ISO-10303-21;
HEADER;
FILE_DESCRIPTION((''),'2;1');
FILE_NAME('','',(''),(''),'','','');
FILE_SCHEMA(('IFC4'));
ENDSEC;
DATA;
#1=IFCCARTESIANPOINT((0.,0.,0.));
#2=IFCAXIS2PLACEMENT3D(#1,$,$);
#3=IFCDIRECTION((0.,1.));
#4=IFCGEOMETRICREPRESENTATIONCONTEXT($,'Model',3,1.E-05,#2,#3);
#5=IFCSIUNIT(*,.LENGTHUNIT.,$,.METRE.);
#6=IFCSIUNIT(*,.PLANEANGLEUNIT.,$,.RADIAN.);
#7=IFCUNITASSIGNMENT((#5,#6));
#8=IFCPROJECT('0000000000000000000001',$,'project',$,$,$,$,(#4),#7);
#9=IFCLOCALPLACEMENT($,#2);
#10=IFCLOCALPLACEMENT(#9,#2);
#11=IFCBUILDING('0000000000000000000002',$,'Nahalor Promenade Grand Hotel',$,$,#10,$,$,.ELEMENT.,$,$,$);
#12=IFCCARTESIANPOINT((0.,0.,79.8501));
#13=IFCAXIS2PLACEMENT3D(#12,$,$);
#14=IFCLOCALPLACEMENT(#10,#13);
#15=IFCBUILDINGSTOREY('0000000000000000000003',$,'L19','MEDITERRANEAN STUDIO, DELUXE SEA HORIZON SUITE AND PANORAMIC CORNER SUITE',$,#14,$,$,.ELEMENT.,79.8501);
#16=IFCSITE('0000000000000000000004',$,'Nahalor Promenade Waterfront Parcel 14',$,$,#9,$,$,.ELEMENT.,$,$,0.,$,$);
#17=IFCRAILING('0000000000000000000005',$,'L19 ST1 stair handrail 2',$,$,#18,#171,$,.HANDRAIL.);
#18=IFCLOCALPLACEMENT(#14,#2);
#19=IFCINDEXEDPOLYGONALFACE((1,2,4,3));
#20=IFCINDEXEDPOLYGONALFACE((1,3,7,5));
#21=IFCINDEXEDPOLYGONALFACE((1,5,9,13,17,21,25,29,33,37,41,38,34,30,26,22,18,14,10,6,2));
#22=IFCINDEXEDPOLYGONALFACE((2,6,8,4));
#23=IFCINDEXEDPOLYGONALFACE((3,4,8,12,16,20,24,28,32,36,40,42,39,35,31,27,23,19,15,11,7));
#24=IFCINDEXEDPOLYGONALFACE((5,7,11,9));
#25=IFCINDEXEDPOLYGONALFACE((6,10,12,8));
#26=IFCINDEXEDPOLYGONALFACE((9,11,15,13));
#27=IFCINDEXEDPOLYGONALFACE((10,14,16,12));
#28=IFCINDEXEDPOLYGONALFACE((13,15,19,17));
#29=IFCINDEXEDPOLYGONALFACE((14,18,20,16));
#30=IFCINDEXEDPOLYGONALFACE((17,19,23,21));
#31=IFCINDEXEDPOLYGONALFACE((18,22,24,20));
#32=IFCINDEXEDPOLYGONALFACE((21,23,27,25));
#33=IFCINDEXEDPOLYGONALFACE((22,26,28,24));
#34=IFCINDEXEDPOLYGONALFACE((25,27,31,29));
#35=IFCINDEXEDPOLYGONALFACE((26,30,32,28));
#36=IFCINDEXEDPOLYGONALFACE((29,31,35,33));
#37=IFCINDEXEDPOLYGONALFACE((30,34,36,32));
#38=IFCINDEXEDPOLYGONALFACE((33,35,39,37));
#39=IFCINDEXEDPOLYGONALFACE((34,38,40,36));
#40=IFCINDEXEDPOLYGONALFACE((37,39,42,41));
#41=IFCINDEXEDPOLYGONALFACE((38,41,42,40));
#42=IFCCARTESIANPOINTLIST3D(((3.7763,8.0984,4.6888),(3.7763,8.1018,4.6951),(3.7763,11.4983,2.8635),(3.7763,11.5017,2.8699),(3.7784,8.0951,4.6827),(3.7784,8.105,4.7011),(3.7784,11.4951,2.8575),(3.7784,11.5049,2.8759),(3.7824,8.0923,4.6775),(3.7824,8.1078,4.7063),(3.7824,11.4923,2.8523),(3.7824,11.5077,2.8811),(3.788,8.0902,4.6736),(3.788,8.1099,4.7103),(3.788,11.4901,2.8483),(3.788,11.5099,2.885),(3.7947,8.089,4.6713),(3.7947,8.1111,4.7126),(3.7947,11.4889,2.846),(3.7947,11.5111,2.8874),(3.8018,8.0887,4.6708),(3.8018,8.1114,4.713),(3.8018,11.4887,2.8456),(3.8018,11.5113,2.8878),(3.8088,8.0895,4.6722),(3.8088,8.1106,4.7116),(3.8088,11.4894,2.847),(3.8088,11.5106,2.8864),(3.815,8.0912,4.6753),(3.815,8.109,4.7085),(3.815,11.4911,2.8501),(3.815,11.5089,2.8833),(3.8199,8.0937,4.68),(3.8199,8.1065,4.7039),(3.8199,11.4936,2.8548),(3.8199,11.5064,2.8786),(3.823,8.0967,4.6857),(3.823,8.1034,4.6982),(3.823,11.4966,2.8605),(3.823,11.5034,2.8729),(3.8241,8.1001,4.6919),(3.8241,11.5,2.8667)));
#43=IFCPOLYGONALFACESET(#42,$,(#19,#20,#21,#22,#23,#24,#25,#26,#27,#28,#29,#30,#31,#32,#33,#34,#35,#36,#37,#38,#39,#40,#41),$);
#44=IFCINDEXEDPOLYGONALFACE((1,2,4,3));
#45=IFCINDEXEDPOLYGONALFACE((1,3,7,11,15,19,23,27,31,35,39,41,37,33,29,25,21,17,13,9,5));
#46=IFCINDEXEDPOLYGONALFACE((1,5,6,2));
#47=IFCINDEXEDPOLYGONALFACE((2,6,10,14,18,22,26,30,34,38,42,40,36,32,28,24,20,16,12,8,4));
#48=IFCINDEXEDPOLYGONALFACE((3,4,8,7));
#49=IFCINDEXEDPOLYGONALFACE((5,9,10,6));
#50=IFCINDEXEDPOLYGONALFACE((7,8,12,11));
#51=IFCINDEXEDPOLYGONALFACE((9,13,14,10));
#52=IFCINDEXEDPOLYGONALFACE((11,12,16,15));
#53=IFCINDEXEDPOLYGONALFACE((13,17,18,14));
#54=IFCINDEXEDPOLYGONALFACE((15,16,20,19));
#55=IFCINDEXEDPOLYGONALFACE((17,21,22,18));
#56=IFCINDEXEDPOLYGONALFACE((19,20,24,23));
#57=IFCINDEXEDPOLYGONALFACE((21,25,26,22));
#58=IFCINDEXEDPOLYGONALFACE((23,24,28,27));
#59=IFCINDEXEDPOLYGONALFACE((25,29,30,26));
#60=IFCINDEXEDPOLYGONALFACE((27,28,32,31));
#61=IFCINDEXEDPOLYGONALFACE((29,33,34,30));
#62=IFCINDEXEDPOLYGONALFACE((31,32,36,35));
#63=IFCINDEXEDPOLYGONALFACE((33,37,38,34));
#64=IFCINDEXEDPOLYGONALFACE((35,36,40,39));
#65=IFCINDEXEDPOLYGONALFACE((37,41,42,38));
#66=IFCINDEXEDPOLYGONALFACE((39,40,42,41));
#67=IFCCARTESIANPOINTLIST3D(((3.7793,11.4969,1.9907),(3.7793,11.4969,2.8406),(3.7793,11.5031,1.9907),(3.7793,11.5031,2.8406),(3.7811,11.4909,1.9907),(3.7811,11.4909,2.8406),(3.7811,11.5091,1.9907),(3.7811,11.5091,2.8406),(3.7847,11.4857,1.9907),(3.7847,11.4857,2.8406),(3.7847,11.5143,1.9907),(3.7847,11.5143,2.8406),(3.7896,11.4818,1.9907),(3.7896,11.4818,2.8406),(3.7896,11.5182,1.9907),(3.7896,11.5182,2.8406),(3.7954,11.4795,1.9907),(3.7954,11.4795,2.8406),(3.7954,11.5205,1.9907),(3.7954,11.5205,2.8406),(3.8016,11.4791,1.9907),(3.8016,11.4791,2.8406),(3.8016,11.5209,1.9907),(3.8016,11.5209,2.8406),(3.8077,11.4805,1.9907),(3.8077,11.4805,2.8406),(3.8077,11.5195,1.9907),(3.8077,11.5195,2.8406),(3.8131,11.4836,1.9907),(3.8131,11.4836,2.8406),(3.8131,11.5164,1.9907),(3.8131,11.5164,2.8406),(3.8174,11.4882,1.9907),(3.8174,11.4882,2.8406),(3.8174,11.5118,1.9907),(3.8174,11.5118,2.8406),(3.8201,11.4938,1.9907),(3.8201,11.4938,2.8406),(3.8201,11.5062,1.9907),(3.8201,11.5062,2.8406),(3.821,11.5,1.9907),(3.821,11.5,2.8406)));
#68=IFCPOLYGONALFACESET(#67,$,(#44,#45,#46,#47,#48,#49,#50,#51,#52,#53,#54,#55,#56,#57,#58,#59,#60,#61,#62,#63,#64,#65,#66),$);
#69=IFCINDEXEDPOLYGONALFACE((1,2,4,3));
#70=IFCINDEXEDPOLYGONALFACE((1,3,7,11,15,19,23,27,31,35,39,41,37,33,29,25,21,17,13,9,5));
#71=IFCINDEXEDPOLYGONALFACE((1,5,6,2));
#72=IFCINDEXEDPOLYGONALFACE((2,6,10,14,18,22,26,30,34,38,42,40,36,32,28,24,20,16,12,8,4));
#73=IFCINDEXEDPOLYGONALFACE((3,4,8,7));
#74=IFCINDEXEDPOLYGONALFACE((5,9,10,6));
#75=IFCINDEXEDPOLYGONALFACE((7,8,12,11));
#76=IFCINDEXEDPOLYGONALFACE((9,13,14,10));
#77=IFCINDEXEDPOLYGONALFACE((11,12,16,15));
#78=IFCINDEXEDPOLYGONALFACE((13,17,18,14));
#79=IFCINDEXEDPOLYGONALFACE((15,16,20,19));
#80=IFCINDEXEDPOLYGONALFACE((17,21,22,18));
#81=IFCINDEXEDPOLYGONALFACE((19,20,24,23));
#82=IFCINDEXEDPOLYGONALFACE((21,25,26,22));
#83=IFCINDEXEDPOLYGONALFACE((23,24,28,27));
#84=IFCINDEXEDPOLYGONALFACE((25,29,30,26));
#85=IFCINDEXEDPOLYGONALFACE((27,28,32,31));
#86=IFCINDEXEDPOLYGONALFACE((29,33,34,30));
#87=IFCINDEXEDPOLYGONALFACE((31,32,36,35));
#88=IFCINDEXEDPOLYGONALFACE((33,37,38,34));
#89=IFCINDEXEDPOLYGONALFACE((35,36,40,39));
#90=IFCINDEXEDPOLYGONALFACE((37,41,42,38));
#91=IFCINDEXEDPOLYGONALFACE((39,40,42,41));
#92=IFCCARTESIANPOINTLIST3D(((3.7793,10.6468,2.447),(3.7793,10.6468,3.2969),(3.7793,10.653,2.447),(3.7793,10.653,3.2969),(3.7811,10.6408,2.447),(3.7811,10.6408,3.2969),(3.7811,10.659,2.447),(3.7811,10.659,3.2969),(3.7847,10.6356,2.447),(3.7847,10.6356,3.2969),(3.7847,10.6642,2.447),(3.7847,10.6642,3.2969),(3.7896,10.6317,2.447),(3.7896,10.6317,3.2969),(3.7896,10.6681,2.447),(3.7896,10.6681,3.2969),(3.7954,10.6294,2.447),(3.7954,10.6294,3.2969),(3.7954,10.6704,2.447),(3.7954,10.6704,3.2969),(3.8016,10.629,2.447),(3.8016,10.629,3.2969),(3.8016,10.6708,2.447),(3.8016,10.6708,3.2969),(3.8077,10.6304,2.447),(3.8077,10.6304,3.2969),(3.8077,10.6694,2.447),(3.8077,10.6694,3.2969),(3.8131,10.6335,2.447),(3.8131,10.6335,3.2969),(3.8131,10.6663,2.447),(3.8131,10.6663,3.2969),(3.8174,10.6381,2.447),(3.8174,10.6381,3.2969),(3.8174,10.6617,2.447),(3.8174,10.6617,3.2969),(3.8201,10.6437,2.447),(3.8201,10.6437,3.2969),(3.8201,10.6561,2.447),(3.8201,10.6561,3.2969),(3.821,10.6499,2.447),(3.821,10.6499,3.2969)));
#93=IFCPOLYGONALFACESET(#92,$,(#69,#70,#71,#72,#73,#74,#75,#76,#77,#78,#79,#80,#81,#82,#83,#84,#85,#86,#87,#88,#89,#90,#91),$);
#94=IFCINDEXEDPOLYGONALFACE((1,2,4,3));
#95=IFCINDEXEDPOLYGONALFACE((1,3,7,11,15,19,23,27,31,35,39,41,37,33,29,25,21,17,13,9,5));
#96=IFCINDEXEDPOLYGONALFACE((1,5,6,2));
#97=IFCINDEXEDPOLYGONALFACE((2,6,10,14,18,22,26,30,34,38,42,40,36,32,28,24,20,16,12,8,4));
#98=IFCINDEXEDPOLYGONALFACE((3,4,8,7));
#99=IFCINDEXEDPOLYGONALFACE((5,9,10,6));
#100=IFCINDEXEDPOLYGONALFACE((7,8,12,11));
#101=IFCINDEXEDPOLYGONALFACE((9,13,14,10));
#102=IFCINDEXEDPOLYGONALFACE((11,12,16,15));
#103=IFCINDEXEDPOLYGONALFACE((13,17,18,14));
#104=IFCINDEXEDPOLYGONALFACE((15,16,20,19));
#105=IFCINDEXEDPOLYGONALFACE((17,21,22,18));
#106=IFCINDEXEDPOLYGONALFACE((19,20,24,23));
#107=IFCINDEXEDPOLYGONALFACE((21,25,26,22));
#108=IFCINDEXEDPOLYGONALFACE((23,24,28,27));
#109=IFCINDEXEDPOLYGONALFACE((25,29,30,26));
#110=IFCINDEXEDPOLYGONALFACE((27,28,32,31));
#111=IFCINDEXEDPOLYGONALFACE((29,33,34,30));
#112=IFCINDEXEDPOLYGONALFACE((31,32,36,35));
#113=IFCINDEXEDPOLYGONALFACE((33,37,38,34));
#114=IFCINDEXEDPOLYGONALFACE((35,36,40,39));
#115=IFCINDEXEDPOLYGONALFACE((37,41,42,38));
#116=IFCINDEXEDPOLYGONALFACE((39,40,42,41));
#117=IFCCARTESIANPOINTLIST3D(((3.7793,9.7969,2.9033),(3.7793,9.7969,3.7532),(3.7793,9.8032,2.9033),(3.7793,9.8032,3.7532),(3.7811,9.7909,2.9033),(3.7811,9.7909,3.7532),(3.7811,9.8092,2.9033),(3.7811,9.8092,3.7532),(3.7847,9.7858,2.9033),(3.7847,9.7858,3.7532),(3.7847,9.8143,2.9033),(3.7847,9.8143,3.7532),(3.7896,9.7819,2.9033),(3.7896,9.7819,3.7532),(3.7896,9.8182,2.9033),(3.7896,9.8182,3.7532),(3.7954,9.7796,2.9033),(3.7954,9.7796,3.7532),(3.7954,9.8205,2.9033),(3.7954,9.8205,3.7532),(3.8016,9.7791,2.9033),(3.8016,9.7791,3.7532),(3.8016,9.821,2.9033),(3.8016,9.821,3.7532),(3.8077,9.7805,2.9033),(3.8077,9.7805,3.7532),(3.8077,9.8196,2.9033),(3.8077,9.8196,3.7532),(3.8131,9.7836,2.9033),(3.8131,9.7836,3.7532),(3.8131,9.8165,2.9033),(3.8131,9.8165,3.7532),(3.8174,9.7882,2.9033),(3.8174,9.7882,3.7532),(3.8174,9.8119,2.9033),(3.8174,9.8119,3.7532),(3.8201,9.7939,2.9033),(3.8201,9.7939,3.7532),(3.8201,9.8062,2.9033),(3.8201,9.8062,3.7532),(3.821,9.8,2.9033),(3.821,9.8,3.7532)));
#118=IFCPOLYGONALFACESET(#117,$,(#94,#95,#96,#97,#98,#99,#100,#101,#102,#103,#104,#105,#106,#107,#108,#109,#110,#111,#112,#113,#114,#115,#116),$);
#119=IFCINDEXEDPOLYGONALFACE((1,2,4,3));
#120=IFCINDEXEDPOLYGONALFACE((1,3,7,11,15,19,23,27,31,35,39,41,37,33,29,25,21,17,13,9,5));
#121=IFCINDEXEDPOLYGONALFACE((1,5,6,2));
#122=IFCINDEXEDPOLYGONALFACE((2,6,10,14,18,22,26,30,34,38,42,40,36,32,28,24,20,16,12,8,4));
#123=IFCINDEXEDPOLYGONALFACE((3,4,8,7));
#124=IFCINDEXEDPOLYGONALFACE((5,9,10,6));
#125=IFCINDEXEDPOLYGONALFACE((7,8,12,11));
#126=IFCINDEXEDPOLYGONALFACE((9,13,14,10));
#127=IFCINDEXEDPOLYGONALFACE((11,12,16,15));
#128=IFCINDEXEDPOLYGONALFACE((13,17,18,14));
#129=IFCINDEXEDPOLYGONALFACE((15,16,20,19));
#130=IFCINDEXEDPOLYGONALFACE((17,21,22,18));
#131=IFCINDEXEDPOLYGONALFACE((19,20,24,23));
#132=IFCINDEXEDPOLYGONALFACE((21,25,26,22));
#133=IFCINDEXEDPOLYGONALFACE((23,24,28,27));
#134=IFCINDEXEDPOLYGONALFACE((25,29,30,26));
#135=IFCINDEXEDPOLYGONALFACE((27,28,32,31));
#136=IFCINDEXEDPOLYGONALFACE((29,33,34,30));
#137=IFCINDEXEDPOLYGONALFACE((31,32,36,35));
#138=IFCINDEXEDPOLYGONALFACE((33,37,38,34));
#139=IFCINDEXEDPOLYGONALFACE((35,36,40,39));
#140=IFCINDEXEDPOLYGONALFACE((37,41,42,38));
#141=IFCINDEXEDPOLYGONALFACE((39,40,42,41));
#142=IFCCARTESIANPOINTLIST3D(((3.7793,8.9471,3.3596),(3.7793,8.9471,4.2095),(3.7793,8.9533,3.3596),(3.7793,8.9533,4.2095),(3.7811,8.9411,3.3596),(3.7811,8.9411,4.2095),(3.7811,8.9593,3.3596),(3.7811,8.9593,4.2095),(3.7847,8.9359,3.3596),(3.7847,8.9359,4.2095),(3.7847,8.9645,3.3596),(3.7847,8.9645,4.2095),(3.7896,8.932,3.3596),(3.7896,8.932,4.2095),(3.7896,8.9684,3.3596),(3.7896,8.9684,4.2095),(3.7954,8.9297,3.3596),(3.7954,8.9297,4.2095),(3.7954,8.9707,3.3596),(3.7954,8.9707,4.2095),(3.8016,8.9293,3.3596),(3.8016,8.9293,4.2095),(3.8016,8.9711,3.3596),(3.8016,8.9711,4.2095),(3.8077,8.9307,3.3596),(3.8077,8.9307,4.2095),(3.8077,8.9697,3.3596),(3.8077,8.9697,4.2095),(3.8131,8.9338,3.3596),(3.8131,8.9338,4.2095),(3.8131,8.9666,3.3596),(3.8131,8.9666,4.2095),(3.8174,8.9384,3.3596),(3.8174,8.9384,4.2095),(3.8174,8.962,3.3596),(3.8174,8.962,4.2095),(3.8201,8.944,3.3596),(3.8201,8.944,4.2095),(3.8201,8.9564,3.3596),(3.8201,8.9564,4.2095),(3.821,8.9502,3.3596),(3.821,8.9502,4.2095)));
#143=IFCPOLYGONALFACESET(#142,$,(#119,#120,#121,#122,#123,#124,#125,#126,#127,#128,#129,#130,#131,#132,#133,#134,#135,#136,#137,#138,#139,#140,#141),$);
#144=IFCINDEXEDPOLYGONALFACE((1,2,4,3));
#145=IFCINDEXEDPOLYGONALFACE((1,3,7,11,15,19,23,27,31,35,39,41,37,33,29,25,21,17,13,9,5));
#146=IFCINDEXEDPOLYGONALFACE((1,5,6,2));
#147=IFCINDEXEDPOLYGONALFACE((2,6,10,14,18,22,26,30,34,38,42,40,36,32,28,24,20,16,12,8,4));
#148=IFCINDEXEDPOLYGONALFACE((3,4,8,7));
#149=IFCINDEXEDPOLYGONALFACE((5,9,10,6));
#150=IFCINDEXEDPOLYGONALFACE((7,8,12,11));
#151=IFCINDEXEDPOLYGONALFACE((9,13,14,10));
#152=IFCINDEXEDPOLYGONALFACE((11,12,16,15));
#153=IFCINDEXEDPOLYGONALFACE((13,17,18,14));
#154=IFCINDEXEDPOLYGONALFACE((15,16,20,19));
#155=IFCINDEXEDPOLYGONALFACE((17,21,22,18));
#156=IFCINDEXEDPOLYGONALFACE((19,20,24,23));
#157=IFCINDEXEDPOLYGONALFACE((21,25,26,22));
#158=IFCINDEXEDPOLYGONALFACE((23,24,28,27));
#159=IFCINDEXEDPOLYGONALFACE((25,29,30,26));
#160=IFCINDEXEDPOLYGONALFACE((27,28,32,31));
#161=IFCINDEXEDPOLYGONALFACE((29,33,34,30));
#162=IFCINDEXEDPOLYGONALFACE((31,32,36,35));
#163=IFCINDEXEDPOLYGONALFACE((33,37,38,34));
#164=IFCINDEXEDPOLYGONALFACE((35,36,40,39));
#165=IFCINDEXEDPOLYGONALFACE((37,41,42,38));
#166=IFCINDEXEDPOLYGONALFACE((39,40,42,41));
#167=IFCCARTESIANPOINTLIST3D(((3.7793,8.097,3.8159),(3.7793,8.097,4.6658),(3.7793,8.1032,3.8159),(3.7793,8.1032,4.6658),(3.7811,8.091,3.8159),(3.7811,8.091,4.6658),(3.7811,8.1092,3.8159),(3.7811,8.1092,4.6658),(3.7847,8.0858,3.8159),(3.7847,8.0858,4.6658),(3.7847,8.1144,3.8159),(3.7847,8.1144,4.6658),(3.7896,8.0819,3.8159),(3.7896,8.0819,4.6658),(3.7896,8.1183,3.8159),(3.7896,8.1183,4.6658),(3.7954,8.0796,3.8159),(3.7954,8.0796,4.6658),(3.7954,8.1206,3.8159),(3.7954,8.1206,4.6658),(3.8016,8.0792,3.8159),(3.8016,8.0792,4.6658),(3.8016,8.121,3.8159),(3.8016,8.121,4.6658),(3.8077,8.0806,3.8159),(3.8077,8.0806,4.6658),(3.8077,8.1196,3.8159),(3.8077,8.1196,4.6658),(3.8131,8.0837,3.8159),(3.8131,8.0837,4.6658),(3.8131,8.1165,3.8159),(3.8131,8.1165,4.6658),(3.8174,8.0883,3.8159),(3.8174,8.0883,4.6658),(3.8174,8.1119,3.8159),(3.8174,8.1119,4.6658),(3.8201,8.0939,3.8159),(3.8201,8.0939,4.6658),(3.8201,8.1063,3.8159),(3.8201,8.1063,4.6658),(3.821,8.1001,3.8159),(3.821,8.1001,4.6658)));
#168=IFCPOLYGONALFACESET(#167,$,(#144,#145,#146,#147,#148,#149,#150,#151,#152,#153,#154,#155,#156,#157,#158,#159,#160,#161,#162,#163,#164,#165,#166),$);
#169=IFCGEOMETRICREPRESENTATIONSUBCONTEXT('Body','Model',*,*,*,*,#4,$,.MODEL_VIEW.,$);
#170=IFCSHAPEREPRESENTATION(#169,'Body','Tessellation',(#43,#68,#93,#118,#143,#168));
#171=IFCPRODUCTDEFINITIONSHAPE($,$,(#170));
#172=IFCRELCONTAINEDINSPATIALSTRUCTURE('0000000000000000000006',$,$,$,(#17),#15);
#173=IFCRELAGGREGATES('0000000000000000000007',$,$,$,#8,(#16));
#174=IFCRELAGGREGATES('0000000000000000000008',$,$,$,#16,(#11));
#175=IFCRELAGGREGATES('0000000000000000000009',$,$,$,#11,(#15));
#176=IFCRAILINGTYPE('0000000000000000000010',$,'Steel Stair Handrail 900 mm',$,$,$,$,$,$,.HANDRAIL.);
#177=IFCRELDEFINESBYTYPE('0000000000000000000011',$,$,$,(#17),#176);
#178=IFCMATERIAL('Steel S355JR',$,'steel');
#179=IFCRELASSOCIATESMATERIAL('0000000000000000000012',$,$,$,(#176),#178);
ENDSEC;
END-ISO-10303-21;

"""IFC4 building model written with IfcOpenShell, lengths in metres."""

from ifc_helpers import new_model, si_unit, direction, frame, origin, origin_2d, place, context, subcontext, project, spatial, circle, extrude, material, type_object, element, save


model = new_model("IFC4")

# Units and contexts
model_context = context("Model", 3, precision=1e-05, world=origin(), true_north=direction((0.0, 1.0)))
body_context = subcontext(model_context, "Body", "Model", "MODEL_VIEW")
ifc_project = project(units=[si_unit("LENGTHUNIT", "METRE"), si_unit("PLANEANGLEUNIT", "RADIAN")], contexts=[model_context])

# Site, building, storey
site_placement = place(None, origin())
site = spatial("IfcSite", under=ifc_project, at=site_placement, Name="Nahalor Promenade Waterfront Parcel 14", CompositionType="ELEMENT", RefElevation=0.0)
building_placement = place(site_placement, origin())
building = spatial("IfcBuilding", under=site, at=building_placement, Name="Nahalor Promenade Grand Hotel", CompositionType="ELEMENT")
storey_placement = place(building_placement, frame((0.0, 0.0, 79.8501)))
storey = spatial("IfcBuildingStorey", under=building, at=storey_placement, Name="L19", Description="MEDITERRANEAN STUDIO, DELUXE SEA HORIZON SUITE AND PANORAMIC CORNER SUITE", CompositionType="ELEMENT", Elevation=79.8501)

# Shared definitions
ifc_material_1 = material(Name="Steel S355JR", Category="steel")

# Railing
railing_type_1 = type_object("IfcRailingType", Name="Steel Stair Handrail 900 mm", PredefinedType="HANDRAIL", material=ifc_material_1)
railing_1_placement = place(storey_placement, frame((3.8, 11.5, 1.9907)))
element("IfcRailing", 1, at=railing_1_placement, inside=storey, type_object=railing_type_1, Name="L19 ST1 stair handrail 2", PredefinedType="HANDRAIL", context=body_context, shape_type="SweptSolid", body=[
    extrude(circle(Radius=0.024, at=origin_2d()), frame((0.0, 0.0, 0.876), z_axis=(0.0, -0.881068, 0.47299), x_axis=(1.0, 0.0, 0.0)), (0.0, 0.0, 1.0), 3.8589),
    extrude(circle(Radius=0.021, at=origin_2d()), origin(), (0.0, 0.0, 1.0), 0.8499),
    extrude(circle(Radius=0.021, at=origin_2d()), frame((0.0, -0.8501, 0.4563)), (0.0, 0.0, 1.0), 0.8499),
    extrude(circle(Radius=0.021, at=origin_2d()), frame((0.0, -1.7, 0.9126)), (0.0, 0.0, 1.0), 0.8499),
    extrude(circle(Radius=0.021, at=origin_2d()), frame((0.0, -2.5498, 1.3689)), (0.0, 0.0, 1.0), 0.8499),
    extrude(circle(Radius=0.021, at=origin_2d()), frame((0.0, -3.3999, 1.8252)), (0.0, 0.0, 1.0), 0.8499),
])

save(model, "model.ifc")
